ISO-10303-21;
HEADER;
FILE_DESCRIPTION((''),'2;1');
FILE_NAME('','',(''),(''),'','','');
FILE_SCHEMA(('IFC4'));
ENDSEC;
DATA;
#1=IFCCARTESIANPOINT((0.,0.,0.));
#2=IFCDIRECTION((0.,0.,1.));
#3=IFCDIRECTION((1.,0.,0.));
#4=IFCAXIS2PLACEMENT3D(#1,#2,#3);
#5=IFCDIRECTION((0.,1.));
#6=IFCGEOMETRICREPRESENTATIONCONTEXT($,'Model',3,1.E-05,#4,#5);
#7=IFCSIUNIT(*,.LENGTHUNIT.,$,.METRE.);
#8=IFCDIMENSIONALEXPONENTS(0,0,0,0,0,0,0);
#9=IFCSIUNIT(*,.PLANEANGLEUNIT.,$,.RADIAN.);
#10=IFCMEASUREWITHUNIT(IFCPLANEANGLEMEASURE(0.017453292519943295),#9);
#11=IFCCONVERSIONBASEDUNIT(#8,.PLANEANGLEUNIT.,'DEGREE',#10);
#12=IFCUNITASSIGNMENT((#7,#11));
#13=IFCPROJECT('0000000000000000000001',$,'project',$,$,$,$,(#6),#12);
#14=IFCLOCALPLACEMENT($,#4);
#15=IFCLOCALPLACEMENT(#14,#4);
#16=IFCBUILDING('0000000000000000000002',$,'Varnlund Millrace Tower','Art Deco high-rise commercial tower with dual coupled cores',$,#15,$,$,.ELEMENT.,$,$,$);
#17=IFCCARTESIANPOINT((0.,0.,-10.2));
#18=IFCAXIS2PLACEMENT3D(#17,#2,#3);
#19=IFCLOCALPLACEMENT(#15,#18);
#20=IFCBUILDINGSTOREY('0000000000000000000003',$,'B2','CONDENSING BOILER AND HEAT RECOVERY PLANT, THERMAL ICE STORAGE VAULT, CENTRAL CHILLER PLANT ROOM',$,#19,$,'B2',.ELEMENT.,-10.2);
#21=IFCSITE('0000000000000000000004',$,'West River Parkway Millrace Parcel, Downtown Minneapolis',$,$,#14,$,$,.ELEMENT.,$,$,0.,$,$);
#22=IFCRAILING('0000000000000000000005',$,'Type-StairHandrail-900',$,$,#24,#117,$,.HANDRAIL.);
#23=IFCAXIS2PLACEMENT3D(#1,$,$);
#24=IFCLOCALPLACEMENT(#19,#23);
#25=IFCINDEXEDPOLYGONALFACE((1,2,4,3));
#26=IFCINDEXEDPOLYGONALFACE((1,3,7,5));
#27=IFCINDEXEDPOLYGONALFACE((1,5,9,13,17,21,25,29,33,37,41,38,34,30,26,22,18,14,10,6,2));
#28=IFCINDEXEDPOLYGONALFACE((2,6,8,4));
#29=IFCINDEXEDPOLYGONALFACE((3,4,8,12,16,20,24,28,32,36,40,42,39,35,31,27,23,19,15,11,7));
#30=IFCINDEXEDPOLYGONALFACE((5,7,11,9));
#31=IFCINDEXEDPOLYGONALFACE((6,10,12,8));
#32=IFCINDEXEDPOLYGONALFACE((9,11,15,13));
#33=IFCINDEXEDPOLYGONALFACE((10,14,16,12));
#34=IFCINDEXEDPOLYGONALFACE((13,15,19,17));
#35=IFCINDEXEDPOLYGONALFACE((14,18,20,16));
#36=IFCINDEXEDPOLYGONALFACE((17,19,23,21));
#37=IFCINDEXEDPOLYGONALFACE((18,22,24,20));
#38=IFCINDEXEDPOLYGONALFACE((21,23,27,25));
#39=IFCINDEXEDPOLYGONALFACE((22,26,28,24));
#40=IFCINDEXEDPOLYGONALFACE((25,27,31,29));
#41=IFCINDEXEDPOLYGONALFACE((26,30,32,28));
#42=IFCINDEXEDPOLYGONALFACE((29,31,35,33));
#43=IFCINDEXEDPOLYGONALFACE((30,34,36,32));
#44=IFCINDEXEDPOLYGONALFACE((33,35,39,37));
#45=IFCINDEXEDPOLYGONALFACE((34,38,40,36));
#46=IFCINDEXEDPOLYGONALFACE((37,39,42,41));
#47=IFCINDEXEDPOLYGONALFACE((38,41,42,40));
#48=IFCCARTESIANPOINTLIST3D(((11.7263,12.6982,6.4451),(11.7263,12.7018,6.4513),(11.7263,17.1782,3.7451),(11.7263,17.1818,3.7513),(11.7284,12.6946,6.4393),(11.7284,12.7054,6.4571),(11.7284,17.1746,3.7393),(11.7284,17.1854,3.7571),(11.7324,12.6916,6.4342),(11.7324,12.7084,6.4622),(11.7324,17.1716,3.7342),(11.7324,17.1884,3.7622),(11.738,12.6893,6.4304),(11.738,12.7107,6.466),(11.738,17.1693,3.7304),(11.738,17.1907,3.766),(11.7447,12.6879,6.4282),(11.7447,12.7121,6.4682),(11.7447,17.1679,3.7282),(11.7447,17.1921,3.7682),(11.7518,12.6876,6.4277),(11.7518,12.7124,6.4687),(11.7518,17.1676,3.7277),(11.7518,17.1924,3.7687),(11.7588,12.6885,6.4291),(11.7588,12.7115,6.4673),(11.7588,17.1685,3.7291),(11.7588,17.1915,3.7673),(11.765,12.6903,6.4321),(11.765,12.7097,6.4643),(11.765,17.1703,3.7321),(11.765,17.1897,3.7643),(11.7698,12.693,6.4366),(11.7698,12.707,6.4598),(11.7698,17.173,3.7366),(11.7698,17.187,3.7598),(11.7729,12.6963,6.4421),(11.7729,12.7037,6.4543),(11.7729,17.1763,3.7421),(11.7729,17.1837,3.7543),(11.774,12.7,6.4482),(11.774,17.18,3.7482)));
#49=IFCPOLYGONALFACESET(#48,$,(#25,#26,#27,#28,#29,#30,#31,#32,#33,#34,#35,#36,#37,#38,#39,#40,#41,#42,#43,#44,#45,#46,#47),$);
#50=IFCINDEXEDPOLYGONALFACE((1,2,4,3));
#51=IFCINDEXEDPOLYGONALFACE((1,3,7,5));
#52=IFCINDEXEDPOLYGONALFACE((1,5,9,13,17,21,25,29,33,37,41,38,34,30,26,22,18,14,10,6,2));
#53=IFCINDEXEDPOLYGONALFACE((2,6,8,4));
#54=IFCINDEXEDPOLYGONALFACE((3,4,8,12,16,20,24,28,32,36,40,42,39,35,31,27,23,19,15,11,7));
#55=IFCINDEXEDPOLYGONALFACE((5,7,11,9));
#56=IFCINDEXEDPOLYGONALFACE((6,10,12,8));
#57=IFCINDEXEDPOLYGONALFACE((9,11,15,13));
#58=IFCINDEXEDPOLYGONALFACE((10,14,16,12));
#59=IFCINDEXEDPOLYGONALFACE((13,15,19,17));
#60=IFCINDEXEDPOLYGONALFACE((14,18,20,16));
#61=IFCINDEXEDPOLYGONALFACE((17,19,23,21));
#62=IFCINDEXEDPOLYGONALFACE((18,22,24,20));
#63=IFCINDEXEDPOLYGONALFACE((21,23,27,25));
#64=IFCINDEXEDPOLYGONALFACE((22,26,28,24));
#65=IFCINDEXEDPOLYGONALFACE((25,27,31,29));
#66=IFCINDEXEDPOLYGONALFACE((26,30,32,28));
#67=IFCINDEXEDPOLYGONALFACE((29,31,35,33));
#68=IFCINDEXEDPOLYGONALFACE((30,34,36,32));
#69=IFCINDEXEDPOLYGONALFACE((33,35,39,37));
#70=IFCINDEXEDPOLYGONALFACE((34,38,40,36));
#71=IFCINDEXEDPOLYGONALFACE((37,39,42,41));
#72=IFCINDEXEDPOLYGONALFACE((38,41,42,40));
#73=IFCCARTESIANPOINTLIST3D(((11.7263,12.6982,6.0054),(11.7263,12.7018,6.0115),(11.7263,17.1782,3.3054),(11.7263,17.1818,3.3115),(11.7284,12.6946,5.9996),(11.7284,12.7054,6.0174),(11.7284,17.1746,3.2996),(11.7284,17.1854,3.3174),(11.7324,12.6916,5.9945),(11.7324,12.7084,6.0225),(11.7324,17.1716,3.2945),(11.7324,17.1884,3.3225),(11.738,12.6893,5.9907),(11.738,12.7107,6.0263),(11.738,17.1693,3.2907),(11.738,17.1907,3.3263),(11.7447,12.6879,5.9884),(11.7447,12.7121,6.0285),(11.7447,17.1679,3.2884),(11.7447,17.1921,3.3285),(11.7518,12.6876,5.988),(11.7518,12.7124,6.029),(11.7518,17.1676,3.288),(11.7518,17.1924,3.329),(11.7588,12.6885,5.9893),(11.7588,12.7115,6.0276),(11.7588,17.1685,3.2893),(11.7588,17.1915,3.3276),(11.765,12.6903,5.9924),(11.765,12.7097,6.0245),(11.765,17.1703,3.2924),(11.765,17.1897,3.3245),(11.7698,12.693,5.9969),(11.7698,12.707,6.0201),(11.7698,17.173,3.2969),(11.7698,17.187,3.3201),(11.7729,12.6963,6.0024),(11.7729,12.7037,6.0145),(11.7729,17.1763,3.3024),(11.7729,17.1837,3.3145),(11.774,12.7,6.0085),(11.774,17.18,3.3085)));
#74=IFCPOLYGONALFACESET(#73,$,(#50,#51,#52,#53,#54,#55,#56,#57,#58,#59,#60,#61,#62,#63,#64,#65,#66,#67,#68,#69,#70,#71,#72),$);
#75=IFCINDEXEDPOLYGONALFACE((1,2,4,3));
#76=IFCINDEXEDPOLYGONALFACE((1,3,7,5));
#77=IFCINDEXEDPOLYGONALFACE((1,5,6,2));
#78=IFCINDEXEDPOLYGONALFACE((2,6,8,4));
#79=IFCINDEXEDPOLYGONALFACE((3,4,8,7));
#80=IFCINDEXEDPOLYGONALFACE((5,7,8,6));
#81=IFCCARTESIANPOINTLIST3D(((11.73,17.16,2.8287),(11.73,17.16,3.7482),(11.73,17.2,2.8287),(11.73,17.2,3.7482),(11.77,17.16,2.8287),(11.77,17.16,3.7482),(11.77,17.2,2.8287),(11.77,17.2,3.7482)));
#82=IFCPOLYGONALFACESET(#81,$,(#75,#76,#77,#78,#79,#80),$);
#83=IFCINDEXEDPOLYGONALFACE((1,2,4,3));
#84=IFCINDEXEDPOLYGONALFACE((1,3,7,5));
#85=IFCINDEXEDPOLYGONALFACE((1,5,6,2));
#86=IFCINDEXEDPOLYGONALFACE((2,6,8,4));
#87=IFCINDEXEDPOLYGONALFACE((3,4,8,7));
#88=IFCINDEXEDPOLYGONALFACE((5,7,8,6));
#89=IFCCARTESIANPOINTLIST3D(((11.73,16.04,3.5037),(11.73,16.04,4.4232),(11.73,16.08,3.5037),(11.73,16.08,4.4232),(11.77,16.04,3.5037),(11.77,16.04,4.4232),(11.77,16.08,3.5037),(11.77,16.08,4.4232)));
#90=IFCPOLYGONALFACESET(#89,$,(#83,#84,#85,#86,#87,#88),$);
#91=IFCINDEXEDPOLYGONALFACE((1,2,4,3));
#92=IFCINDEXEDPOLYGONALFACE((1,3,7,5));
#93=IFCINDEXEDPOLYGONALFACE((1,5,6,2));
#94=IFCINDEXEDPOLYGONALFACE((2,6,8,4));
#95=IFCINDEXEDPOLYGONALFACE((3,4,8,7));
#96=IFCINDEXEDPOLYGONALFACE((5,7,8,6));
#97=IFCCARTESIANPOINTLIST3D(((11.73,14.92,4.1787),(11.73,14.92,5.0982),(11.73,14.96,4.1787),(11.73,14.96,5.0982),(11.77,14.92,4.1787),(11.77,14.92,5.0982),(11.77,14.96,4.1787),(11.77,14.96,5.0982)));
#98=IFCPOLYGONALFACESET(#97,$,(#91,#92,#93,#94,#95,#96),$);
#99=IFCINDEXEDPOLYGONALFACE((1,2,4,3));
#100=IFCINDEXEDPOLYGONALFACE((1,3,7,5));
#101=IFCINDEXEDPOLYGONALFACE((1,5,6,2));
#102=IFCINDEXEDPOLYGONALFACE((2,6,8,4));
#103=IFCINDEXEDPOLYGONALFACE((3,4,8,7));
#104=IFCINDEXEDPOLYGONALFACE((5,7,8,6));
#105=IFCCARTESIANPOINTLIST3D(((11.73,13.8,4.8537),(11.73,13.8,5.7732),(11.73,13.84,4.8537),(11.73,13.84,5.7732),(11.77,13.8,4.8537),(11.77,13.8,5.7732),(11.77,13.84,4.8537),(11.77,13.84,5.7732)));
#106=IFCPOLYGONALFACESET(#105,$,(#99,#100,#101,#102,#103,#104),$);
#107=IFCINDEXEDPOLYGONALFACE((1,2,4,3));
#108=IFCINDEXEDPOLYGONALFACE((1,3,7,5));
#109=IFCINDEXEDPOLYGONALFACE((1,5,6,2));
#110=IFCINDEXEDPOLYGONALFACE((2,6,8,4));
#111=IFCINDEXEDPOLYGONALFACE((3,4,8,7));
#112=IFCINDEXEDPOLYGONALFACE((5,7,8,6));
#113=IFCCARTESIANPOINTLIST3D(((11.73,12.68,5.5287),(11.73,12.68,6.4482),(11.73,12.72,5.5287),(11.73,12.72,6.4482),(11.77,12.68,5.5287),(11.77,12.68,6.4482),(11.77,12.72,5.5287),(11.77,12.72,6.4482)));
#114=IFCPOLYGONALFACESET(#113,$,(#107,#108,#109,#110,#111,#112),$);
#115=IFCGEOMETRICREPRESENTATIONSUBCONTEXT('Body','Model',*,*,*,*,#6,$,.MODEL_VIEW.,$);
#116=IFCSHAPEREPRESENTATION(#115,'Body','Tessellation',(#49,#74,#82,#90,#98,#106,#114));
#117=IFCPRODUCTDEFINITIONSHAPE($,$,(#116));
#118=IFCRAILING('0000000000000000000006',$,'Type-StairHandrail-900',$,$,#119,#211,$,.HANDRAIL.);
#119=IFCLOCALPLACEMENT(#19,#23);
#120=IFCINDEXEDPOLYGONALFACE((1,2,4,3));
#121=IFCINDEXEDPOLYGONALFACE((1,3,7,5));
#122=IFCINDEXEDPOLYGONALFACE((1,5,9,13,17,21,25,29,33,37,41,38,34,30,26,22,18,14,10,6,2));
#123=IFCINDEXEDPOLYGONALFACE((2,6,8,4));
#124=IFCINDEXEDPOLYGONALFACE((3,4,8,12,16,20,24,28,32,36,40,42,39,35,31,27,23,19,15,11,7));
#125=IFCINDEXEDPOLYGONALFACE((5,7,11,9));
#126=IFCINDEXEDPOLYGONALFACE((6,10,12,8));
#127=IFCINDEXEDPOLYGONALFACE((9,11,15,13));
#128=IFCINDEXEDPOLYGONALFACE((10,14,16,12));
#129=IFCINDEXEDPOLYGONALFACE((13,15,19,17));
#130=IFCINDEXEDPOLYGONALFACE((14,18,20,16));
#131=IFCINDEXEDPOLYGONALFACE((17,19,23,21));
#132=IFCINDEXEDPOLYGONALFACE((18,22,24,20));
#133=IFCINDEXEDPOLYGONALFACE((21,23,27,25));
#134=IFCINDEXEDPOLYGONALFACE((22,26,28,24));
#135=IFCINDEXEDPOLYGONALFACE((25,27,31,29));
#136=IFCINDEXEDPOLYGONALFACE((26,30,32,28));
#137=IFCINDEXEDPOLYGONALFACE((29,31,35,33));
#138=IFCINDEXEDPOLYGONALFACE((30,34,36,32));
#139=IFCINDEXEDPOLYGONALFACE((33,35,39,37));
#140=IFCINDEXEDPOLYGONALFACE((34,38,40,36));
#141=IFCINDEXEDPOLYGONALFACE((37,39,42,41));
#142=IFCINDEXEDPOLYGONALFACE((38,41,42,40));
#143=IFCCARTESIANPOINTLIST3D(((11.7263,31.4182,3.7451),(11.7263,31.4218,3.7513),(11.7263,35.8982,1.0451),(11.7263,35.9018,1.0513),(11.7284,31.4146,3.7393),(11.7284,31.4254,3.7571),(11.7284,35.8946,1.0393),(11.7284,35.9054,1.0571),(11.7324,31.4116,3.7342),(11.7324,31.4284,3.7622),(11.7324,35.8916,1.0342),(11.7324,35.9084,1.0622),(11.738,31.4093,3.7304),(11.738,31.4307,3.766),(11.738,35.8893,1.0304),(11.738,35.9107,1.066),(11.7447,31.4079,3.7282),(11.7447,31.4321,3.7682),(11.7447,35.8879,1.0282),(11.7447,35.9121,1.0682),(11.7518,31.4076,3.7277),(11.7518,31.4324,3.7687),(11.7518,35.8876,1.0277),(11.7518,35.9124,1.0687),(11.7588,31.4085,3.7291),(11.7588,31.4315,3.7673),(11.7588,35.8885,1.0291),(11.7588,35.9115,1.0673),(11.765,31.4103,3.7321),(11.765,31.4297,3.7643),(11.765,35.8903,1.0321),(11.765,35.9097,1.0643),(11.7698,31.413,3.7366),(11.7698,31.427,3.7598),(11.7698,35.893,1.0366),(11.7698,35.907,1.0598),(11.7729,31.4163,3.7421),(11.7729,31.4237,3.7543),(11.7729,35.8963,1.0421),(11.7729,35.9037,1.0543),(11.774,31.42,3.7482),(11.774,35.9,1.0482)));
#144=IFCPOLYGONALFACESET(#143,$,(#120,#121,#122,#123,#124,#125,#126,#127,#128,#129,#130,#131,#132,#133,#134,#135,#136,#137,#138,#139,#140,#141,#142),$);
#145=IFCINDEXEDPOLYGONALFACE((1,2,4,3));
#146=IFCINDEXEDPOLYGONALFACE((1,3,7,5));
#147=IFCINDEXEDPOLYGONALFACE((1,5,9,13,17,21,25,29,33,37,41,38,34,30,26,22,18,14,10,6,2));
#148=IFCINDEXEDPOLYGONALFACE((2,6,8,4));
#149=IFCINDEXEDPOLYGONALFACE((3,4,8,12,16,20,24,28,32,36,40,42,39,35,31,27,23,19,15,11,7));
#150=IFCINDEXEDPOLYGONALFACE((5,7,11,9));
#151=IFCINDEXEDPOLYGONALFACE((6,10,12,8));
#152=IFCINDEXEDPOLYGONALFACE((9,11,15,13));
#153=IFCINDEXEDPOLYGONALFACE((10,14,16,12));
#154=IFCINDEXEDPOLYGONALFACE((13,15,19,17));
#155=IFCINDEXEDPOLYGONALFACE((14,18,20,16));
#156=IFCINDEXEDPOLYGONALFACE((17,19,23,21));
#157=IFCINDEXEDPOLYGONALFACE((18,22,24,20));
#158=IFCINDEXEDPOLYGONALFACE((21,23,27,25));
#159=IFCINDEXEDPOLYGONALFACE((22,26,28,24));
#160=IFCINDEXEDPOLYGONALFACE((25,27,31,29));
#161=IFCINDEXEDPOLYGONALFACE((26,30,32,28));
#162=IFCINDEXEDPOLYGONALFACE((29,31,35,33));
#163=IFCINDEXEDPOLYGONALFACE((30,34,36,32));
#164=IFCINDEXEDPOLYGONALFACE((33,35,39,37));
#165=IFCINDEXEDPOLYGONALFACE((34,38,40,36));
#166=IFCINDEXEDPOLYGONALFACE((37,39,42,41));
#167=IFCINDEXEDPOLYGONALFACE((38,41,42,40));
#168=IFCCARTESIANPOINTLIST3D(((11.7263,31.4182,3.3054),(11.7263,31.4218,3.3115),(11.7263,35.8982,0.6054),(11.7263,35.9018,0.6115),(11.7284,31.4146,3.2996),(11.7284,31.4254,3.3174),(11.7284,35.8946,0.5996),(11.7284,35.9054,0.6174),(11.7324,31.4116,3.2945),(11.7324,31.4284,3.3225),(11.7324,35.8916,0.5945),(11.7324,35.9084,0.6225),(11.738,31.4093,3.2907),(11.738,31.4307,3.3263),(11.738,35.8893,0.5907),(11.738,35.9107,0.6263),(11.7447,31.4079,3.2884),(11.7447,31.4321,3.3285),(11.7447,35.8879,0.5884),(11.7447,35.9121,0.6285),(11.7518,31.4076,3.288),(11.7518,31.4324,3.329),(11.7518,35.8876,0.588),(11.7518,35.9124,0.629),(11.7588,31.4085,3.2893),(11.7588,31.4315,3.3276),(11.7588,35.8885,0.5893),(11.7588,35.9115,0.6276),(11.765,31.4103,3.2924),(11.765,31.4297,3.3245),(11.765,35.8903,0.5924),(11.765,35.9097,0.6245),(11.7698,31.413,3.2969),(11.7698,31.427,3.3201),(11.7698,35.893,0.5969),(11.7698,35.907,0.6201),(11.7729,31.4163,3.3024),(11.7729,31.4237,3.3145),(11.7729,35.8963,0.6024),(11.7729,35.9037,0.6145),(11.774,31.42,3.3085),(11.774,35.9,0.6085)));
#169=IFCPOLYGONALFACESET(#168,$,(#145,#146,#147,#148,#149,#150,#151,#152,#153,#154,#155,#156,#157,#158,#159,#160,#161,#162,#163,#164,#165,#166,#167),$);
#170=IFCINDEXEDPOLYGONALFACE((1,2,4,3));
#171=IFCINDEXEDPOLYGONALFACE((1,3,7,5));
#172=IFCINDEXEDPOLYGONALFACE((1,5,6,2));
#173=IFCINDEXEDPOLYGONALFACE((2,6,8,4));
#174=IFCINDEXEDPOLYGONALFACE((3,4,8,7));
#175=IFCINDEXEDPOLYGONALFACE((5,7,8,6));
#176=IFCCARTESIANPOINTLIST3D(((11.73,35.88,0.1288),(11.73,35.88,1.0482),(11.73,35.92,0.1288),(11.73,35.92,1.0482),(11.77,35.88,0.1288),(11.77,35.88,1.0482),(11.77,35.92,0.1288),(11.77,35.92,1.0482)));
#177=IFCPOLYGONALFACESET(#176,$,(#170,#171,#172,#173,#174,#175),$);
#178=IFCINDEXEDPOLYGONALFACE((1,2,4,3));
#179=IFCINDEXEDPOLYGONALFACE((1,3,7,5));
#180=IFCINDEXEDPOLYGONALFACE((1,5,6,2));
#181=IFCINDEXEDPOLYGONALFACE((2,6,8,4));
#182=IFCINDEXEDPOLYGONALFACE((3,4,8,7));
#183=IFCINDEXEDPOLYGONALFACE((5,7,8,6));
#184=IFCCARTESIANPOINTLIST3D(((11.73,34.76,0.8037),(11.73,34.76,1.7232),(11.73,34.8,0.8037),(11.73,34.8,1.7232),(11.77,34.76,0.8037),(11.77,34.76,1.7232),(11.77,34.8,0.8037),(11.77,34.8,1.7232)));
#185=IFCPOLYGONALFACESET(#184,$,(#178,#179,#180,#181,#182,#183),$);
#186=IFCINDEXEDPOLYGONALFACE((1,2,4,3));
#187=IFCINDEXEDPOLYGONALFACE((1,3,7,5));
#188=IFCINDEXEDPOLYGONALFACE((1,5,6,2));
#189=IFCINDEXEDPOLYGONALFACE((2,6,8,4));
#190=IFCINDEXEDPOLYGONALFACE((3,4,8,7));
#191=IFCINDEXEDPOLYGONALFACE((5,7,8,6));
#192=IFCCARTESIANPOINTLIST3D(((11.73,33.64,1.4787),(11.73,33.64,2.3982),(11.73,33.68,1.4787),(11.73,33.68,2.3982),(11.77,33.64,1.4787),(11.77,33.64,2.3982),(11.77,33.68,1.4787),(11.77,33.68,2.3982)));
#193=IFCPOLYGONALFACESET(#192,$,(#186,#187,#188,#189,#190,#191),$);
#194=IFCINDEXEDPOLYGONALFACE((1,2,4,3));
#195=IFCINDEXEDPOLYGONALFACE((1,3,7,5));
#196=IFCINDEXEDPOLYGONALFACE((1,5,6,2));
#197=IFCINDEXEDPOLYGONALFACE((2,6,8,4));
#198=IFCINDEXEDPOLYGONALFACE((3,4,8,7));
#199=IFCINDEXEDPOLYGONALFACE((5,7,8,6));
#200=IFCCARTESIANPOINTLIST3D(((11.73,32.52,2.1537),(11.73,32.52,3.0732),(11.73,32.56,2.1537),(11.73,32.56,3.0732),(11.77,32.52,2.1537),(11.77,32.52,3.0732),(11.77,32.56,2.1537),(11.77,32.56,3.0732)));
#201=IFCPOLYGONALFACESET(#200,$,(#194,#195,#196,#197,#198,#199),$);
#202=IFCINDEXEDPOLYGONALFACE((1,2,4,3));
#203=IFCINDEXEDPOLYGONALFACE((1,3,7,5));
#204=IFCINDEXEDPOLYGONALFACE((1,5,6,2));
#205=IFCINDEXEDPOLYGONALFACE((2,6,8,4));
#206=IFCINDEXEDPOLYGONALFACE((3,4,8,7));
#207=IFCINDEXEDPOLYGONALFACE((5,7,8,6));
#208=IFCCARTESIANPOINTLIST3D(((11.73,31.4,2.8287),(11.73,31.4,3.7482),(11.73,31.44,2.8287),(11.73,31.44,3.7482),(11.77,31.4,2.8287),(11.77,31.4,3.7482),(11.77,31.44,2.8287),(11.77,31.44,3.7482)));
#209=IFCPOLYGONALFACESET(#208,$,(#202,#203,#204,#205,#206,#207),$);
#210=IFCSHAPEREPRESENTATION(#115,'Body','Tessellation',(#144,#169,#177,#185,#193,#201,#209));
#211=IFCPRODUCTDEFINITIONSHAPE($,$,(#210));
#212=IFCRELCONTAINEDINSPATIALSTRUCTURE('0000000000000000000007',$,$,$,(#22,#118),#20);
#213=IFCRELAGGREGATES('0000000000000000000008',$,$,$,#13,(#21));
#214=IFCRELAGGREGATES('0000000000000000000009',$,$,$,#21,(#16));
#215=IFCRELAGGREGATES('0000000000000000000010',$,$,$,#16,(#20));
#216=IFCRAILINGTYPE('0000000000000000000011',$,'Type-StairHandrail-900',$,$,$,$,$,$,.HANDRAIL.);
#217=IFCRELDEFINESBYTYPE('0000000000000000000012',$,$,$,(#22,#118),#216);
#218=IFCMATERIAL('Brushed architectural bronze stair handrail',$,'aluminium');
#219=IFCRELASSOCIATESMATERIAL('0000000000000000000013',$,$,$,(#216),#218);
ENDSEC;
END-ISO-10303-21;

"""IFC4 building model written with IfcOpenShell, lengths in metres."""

from ifc_helpers import new_model, entity, si_unit, converted_unit, direction, frame, origin_with_axes, origin_2d_with_axis, place, context, subcontext, project, spatial, rectangle, circle, extrude, material, type_object, element, save


model = new_model("IFC4")

# Units and contexts
model_context = context("Model", 3, precision=1e-05, world=origin_with_axes(), true_north=direction((0.0, 1.0)))
body_context = subcontext(model_context, "Body", "Model", "MODEL_VIEW")
ifc_project = project(units=[si_unit("LENGTHUNIT", "METRE"), converted_unit("PLANEANGLEUNIT", "DEGREE", entity("IfcPlaneAngleMeasure", 0.017453292519943295), si_unit("PLANEANGLEUNIT", "RADIAN"), dimensions=[0, 0, 0, 0, 0, 0, 0])], contexts=[model_context])

# Site, building, storey
site_placement = place(None, origin_with_axes())
site = spatial("IfcSite", under=ifc_project, at=site_placement, Name="West River Parkway Millrace Parcel, Downtown Minneapolis", CompositionType="ELEMENT", RefElevation=0.0)
building_placement = place(site_placement, origin_with_axes())
building = spatial("IfcBuilding", under=site, at=building_placement, Name="Varnlund Millrace Tower", Description="Art Deco high-rise commercial tower with dual coupled cores", CompositionType="ELEMENT")
storey_placement = place(building_placement, frame((0.0, 0.0, -10.2), z_axis=(0.0, 0.0, 1.0), x_axis=(1.0, 0.0, 0.0)))
storey = spatial("IfcBuildingStorey", under=building, at=storey_placement, Name="B2", Description="CONDENSING BOILER AND HEAT RECOVERY PLANT, THERMAL ICE STORAGE VAULT, CENTRAL CHILLER PLANT ROOM", LongName="B2", CompositionType="ELEMENT", Elevation=-10.2)

# Railings
ifc_material_1 = material(Name="Brushed architectural bronze stair handrail", Category="aluminium")
railing_type_1 = type_object("IfcRailingType", Name="Type-StairHandrail-900", PredefinedType="HANDRAIL", material=ifc_material_1)
railing_1_placement = place(storey_placement, frame((0.0, 0.0, 10.2), z_axis=(0.0, 0.0, 1.0), x_axis=(1.0, 0.0, 0.0)))
element("IfcRailing", 1, at=railing_1_placement, inside=storey, type_object=railing_type_1, Name="Type-StairHandrail-900", PredefinedType="HANDRAIL", context=body_context, shape_type="SweptSolid", body=[
    extrude(circle(Radius=0.024, at=origin_2d_with_axis()), frame((11.75, 17.18, -6.4518), z_axis=(0.0, -0.856479, 0.516182), x_axis=(1.0, 0.0, 0.0)), (0.0, 0.0, 1.0), 5.2307),
    extrude(circle(Radius=0.024, at=origin_2d_with_axis()), frame((11.75, 17.18, -6.8915), z_axis=(0.0, -0.856479, 0.516182), x_axis=(1.0, 0.0, 0.0)), (0.0, 0.0, 1.0), 5.2307),
    extrude(rectangle(XDim=0.04, YDim=0.04, at=origin_2d_with_axis()), frame((11.75, 17.18, -7.3712), z_axis=(0.0, 0.0, 1.0), x_axis=(1.0, 0.0, 0.0)), (0.0, 0.0, 1.0), 0.9194),
    extrude(rectangle(XDim=0.04, YDim=0.04, at=origin_2d_with_axis()), frame((11.75, 16.06, -6.6963), z_axis=(0.0, 0.0, 1.0), x_axis=(1.0, 0.0, 0.0)), (0.0, 0.0, 1.0), 0.9194),
    extrude(rectangle(XDim=0.04, YDim=0.04, at=origin_2d_with_axis()), frame((11.75, 14.94, -6.0213), z_axis=(0.0, 0.0, 1.0), x_axis=(1.0, 0.0, 0.0)), (0.0, 0.0, 1.0), 0.9194),
    extrude(rectangle(XDim=0.04, YDim=0.04, at=origin_2d_with_axis()), frame((11.75, 13.82, -5.3463), z_axis=(0.0, 0.0, 1.0), x_axis=(1.0, 0.0, 0.0)), (0.0, 0.0, 1.0), 0.9194),
    extrude(rectangle(XDim=0.04, YDim=0.04, at=origin_2d_with_axis()), frame((11.75, 12.7, -4.6712), z_axis=(0.0, 0.0, 1.0), x_axis=(1.0, 0.0, 0.0)), (0.0, 0.0, 1.0), 0.9194),
])
railing_2_placement = place(storey_placement, frame((0.0, 0.0, 10.2), z_axis=(0.0, 0.0, 1.0), x_axis=(1.0, 0.0, 0.0)))
element("IfcRailing", 2, at=railing_2_placement, inside=storey, type_object=railing_type_1, Name="Type-StairHandrail-900", PredefinedType="HANDRAIL", context=body_context, shape_type="SweptSolid", body=[
    extrude(circle(Radius=0.024, at=origin_2d_with_axis()), frame((11.75, 35.9, -9.1518), z_axis=(0.0, -0.856479, 0.516182), x_axis=(1.0, 0.0, 0.0)), (0.0, 0.0, 1.0), 5.2307),
    extrude(circle(Radius=0.024, at=origin_2d_with_axis()), frame((11.75, 35.9, -9.5915), z_axis=(0.0, -0.856479, 0.516182), x_axis=(1.0, 0.0, 0.0)), (0.0, 0.0, 1.0), 5.2307),
    extrude(rectangle(XDim=0.04, YDim=0.04, at=origin_2d_with_axis()), frame((11.75, 35.9, -10.0712), z_axis=(0.0, 0.0, 1.0), x_axis=(1.0, 0.0, 0.0)), (0.0, 0.0, 1.0), 0.9194),
    extrude(rectangle(XDim=0.04, YDim=0.04, at=origin_2d_with_axis()), frame((11.75, 34.78, -9.3963), z_axis=(0.0, 0.0, 1.0), x_axis=(1.0, 0.0, 0.0)), (0.0, 0.0, 1.0), 0.9194),
    extrude(rectangle(XDim=0.04, YDim=0.04, at=origin_2d_with_axis()), frame((11.75, 33.66, -8.7212), z_axis=(0.0, 0.0, 1.0), x_axis=(1.0, 0.0, 0.0)), (0.0, 0.0, 1.0), 0.9194),
    extrude(rectangle(XDim=0.04, YDim=0.04, at=origin_2d_with_axis()), frame((11.75, 32.54, -8.0463), z_axis=(0.0, 0.0, 1.0), x_axis=(1.0, 0.0, 0.0)), (0.0, 0.0, 1.0), 0.9194),
    extrude(rectangle(XDim=0.04, YDim=0.04, at=origin_2d_with_axis()), frame((11.75, 31.42, -7.3712), z_axis=(0.0, 0.0, 1.0), x_axis=(1.0, 0.0, 0.0)), (0.0, 0.0, 1.0), 0.9194),
])

save(model, "model.ifc")
